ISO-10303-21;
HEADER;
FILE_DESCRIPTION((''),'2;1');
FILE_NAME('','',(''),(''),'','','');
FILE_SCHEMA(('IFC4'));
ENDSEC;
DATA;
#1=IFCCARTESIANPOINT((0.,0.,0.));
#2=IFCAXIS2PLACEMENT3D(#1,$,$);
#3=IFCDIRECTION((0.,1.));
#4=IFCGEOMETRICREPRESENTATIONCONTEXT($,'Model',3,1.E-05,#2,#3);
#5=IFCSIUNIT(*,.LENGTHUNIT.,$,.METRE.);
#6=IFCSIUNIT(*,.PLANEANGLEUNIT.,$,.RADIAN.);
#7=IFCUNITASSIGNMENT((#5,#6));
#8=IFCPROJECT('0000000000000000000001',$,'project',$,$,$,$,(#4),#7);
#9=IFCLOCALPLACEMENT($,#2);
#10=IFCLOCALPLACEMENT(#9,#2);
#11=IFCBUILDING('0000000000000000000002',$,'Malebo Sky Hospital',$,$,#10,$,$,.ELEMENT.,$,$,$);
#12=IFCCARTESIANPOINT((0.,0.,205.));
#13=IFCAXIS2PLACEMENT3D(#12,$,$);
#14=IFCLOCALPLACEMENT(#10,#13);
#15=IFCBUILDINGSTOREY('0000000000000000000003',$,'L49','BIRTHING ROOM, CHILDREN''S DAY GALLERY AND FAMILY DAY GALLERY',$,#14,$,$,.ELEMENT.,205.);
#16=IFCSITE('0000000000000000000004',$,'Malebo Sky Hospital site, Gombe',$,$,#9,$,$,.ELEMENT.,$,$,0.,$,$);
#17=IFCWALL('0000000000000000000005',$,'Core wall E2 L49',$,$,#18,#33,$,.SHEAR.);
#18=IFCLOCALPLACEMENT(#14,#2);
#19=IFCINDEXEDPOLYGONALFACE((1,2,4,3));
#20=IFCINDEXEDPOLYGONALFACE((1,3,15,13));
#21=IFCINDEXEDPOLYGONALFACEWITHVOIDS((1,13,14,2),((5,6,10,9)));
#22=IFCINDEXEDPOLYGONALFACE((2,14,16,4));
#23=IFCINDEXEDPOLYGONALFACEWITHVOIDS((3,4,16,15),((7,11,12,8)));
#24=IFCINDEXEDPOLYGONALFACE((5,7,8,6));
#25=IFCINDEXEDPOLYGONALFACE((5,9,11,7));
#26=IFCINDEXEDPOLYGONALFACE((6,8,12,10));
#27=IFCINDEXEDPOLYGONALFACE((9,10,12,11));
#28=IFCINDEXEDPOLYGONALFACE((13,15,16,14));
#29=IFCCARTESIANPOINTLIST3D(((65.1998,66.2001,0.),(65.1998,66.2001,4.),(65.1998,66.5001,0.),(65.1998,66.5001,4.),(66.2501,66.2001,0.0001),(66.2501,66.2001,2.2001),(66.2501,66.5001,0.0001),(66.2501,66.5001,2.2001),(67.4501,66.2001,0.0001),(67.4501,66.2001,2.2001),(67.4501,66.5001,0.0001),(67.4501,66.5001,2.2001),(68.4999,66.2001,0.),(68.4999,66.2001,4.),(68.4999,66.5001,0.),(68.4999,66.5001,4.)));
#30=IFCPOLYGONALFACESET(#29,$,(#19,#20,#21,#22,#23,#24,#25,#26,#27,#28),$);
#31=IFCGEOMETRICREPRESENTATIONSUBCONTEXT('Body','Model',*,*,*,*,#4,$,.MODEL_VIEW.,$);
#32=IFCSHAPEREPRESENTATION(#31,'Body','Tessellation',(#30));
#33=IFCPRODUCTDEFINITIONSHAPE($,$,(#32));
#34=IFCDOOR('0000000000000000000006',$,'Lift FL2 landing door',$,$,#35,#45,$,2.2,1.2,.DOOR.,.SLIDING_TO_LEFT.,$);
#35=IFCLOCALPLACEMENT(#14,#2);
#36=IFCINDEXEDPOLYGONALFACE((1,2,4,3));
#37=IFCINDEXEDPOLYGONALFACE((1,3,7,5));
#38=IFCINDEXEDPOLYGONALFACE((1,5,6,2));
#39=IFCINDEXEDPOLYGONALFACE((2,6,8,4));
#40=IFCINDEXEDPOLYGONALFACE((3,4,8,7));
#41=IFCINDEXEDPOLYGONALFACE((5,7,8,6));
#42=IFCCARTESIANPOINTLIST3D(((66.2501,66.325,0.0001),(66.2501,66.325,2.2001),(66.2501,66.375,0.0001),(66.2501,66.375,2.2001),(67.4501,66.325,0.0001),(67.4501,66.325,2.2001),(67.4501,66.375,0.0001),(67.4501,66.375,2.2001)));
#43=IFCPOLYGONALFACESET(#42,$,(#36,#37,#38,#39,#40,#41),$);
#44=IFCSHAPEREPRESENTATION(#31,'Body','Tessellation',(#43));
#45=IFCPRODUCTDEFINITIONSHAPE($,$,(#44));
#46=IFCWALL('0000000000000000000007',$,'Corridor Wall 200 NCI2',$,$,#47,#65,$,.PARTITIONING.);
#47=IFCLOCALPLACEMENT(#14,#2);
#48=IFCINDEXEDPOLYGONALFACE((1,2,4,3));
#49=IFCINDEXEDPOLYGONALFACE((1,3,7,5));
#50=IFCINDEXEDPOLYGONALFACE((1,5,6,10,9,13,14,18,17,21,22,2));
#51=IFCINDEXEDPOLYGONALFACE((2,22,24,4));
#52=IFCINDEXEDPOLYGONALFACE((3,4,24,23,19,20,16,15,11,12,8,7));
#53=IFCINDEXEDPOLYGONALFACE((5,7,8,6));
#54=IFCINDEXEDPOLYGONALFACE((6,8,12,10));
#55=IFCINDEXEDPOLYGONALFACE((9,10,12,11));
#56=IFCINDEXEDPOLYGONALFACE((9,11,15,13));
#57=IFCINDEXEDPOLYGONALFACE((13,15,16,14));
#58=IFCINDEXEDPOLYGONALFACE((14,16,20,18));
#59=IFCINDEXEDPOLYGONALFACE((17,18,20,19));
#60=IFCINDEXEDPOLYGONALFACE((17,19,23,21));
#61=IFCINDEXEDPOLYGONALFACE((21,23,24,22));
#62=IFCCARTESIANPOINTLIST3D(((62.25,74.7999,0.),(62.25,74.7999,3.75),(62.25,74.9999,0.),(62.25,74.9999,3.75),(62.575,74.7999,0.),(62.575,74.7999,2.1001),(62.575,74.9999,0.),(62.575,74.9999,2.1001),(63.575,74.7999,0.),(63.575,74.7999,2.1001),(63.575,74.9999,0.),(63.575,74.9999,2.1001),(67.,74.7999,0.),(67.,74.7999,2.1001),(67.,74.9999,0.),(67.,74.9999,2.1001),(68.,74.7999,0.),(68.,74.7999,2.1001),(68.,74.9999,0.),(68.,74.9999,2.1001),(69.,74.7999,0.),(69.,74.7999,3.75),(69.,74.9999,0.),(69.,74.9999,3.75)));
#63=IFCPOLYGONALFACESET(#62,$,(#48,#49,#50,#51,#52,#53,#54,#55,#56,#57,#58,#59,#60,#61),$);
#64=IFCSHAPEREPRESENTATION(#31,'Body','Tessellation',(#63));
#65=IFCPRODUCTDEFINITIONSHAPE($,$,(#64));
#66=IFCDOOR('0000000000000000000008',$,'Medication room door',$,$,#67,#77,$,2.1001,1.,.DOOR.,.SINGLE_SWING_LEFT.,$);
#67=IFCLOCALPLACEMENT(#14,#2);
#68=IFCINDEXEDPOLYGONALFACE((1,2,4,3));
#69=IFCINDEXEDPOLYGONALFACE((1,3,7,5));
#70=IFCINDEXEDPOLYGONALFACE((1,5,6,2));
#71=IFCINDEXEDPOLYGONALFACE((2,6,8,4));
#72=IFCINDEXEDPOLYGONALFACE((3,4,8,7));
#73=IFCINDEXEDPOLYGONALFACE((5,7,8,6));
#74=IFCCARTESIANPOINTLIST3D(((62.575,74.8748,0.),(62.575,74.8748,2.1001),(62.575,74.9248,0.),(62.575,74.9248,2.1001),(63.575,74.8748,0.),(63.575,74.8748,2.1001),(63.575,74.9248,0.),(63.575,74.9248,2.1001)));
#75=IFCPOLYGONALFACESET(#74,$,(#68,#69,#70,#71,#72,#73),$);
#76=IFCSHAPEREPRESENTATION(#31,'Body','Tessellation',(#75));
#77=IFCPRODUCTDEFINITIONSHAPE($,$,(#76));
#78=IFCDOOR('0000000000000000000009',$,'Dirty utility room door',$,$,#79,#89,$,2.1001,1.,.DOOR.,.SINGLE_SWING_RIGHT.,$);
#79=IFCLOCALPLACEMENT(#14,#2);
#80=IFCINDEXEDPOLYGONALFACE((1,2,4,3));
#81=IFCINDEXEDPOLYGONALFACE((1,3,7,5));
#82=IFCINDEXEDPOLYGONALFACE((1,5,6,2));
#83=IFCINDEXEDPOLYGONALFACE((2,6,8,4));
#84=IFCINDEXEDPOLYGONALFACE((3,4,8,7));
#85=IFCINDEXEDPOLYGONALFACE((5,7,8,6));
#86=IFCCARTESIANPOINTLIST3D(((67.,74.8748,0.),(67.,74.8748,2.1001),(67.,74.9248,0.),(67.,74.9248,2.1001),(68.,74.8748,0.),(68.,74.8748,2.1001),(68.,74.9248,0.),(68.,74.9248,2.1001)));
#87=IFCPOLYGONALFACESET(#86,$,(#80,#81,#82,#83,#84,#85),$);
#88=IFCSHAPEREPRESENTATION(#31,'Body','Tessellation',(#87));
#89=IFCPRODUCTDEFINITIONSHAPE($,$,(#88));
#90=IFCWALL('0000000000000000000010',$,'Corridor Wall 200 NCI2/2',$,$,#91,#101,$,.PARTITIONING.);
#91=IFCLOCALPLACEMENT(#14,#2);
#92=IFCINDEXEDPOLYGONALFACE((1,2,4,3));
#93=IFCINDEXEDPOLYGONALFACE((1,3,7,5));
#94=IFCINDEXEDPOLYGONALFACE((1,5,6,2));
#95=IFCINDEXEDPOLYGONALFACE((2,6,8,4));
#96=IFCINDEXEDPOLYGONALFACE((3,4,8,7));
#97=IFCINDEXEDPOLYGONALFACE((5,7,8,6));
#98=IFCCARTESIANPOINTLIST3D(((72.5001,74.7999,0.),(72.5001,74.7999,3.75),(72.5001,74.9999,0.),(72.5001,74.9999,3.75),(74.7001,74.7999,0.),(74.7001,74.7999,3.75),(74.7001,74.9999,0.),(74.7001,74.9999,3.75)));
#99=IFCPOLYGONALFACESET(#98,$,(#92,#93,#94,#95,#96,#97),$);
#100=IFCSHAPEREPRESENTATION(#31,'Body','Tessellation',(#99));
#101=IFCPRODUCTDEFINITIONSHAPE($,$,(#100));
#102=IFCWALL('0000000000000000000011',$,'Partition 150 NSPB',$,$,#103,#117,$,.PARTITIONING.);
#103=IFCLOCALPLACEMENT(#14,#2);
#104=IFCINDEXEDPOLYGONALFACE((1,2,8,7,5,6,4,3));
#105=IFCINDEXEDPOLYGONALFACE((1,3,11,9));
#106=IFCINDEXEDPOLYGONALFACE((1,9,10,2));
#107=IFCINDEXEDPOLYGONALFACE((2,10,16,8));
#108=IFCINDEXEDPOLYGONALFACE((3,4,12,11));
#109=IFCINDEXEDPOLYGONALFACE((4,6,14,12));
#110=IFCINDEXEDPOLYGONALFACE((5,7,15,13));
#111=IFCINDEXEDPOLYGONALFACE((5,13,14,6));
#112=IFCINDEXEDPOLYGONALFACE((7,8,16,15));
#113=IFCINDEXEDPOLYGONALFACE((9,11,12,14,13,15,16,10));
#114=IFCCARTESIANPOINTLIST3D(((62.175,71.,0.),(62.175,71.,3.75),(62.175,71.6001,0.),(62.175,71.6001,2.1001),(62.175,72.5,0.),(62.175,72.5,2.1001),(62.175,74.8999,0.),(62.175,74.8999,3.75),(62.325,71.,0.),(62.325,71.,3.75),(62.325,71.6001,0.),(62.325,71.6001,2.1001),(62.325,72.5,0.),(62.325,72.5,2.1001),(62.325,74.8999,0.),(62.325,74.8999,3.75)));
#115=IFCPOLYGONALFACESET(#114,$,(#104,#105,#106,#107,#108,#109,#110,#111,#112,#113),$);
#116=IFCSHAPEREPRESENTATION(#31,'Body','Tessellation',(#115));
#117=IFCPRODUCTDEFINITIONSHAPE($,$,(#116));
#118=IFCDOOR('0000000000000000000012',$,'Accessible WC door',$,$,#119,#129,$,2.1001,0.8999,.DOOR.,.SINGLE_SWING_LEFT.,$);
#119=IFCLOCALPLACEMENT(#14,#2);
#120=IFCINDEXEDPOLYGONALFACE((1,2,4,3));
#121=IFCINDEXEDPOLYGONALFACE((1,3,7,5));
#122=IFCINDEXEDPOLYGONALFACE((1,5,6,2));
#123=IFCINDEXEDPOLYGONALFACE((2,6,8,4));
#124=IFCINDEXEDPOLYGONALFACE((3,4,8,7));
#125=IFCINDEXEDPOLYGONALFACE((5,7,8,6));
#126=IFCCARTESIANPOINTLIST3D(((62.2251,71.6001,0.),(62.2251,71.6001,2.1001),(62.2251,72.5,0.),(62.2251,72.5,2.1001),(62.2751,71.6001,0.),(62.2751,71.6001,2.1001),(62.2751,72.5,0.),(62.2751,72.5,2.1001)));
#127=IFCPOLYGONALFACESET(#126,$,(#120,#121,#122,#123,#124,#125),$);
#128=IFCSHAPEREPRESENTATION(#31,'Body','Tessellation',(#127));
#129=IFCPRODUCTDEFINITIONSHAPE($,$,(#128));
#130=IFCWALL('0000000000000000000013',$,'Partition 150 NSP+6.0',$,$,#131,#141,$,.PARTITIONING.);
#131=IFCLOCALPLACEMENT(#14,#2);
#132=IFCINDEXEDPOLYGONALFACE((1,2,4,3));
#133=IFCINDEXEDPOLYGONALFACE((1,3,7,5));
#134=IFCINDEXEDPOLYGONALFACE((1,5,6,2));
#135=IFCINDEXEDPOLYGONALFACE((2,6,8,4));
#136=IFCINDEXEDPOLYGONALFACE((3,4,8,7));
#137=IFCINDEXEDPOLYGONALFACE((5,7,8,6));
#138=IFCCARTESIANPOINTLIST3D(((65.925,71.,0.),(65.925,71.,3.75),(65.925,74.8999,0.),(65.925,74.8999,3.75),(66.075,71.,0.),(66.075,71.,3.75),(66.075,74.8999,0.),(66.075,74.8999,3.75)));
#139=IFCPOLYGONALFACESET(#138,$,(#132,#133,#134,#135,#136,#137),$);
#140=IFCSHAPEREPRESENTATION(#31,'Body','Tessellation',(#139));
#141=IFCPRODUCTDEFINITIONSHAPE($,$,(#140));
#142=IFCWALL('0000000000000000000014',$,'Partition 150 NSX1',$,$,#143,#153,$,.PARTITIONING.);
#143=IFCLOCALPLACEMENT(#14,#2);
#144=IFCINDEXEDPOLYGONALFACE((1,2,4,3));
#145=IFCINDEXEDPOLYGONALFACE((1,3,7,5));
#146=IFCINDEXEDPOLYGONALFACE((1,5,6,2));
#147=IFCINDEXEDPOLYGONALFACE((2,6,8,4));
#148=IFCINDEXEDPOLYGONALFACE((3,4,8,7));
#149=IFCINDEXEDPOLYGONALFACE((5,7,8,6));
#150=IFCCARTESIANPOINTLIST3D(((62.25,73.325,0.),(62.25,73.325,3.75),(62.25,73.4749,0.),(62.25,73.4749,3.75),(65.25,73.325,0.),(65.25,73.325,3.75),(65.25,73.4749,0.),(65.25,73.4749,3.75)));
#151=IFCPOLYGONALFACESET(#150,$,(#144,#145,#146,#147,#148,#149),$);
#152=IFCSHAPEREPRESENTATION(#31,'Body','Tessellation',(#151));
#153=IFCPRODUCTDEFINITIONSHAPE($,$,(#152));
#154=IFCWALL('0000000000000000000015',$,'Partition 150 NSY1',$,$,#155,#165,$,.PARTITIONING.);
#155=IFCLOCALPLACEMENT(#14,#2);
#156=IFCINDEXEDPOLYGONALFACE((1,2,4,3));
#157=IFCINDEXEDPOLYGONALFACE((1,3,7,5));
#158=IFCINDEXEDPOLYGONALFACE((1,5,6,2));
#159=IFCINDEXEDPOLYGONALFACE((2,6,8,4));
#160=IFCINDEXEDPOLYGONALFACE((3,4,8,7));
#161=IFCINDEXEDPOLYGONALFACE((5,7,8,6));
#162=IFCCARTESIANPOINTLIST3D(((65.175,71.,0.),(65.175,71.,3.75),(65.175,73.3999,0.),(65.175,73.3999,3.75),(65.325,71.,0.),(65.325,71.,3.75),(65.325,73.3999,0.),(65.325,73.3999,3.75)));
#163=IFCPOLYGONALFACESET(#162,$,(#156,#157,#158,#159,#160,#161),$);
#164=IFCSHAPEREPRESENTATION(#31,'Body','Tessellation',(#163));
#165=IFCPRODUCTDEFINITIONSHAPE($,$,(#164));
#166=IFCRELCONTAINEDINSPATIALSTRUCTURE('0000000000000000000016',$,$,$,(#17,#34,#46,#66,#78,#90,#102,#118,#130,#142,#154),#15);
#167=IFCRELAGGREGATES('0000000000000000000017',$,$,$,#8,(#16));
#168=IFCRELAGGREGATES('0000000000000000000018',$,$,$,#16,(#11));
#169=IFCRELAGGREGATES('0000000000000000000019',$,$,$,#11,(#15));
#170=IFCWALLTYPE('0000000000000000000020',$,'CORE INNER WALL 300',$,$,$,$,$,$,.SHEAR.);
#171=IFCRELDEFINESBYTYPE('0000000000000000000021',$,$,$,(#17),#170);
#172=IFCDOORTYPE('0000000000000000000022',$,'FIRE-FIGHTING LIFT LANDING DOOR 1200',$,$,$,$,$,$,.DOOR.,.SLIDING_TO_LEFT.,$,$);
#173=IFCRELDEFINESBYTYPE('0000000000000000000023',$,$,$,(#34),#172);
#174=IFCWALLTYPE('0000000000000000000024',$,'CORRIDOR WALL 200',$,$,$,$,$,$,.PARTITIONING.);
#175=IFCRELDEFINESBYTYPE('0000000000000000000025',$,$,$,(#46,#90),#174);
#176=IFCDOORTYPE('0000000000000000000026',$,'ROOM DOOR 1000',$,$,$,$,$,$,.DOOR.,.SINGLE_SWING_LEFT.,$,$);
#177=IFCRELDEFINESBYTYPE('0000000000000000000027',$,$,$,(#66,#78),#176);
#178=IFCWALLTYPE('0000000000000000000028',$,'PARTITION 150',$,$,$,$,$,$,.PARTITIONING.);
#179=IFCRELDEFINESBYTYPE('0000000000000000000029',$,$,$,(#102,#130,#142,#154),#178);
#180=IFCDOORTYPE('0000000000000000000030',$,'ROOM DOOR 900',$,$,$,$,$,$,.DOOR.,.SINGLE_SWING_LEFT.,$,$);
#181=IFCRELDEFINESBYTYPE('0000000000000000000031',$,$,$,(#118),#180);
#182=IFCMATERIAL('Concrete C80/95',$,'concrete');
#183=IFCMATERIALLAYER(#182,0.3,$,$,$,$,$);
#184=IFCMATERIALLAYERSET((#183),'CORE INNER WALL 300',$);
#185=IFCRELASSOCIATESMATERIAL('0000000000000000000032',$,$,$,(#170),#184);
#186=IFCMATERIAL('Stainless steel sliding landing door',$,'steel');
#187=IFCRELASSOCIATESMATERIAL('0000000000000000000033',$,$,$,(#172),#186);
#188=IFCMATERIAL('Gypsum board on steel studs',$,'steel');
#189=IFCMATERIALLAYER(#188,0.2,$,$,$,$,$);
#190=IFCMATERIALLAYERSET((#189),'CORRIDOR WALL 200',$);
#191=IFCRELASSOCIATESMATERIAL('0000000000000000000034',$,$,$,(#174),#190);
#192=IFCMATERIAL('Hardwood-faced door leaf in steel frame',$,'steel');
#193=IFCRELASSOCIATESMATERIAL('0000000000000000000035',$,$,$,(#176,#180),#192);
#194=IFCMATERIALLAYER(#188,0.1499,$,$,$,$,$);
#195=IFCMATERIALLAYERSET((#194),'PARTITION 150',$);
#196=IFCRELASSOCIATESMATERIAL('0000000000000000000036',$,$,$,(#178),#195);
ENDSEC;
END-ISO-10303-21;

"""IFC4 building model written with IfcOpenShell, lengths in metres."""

from ifc_helpers import new_model, si_unit, direction, frame, frame_2d, origin, place, context, subcontext, project, spatial, rectangle, extrude, material, layer, layer_set, type_object, element, fill, save


model = new_model("IFC4")

# Units and contexts
model_context = context("Model", 3, precision=1e-05, world=origin(), true_north=direction((0.0, 1.0)))
body_context = subcontext(model_context, "Body", "Model", "MODEL_VIEW")
ifc_project = project(units=[si_unit("LENGTHUNIT", "METRE"), si_unit("PLANEANGLEUNIT", "RADIAN")], contexts=[model_context])

# Site, building, storey
site_placement = place(None, origin())
site = spatial("IfcSite", under=ifc_project, at=site_placement, Name="Malebo Sky Hospital site, Gombe", CompositionType="ELEMENT", RefElevation=0.0)
building_placement = place(site_placement, origin())
building = spatial("IfcBuilding", under=site, at=building_placement, Name="Malebo Sky Hospital", CompositionType="ELEMENT")
storey_placement = place(building_placement, frame((0.0, 0.0, 205.0)))
storey = spatial("IfcBuildingStorey", under=building, at=storey_placement, Name="L49", Description="BIRTHING ROOM, CHILDREN'S DAY GALLERY AND FAMILY DAY GALLERY", CompositionType="ELEMENT", Elevation=205.0)

# Shared definitions
ifc_material_1 = material(Name="Concrete C80/95", Category="concrete")

# Wall, opening, door
ifc_layer_1 = layer(ifc_material_1, 0.3)
ifc_layer_set_1 = layer_set([ifc_layer_1], Name="CORE INNER WALL 300")
wall_type_1 = type_object("IfcWallType", Name="CORE INNER WALL 300", PredefinedType="SHEAR", material=ifc_layer_set_1)
ifc_material_2 = material(Name="Hardwood-faced door leaf in steel frame", Category="steel")
wall_1_placement = place(storey_placement, frame((65.2, 66.3501, 0.0), z_axis=(0.0, 0.0, 1.0), x_axis=(1.0, 0.0, 0.0)))
wall_1 = element("IfcWall", 1, at=wall_1_placement, inside=storey, type_object=wall_type_1, Name="Core wall E2 L49", PredefinedType="SHEAR", context=body_context, shape_type="SweptSolid", body=[
    extrude(rectangle(XDim=3.3, YDim=0.3, at=frame_2d((1.6499, 0.0))), origin(), (0.0, 0.0, 1.0), 4.0),
])
opening_1_placement = place(wall_1_placement, frame((1.05, 0.0, 0.0)))
opening_1 = element("IfcOpeningElement", 2, at=opening_1_placement, cuts=wall_1, PredefinedType="OPENING", context=body_context, shape_type="SweptSolid", body=[
    extrude(rectangle(XDim=1.2, YDim=2.2, at=frame_2d((0.6001, 1.1001))), frame((0.0, 0.1599, 0.0), z_axis=(0.0, -1.0, 0.0), x_axis=(1.0, 0.0, 0.0)), (0.0, 0.0, 1.0), 0.3201),
])
ifc_material_3 = material(Name="Stainless steel sliding landing door", Category="steel")
door_type_1 = type_object("IfcDoorType", Name="FIRE-FIGHTING LIFT LANDING DOOR 1200", OperationType="SLIDING_TO_LEFT", PredefinedType="DOOR", material=ifc_material_3)
door_1_placement = place(opening_1_placement, origin())
door_1 = element("IfcDoor", 3, at=door_1_placement, inside=storey, type_object=door_type_1, Name="Lift FL2 landing door", OperationType="SLIDING_TO_LEFT", OverallHeight=2.2, OverallWidth=1.2, PredefinedType="DOOR", context=body_context, shape_type="SweptSolid", body=[
    extrude(rectangle(XDim=1.2, YDim=2.2, at=frame_2d((0.6001, 1.1001))), frame((0.0, 0.0249, 0.0), z_axis=(0.0, -1.0, 0.0), x_axis=(1.0, 0.0, 0.0)), (0.0, 0.0, 1.0), 0.05),
])
fill(opening_1, door_1)

# Wall, openings, doors
ifc_material_4 = material(Name="Gypsum board on steel studs", Category="steel")
ifc_layer_2 = layer(ifc_material_4, 0.2)
ifc_layer_set_2 = layer_set([ifc_layer_2], Name="CORRIDOR WALL 200")
wall_type_2 = type_object("IfcWallType", Name="CORRIDOR WALL 200", PredefinedType="PARTITIONING", material=ifc_layer_set_2)
wall_2_placement = place(storey_placement, frame((62.25, 74.8999, 0.0), z_axis=(0.0, 0.0, 1.0), x_axis=(1.0, 0.0, 0.0)))
wall_2 = element("IfcWall", 4, at=wall_2_placement, inside=storey, type_object=wall_type_2, Name="Corridor Wall 200 NCI2", PredefinedType="PARTITIONING", context=body_context, shape_type="SweptSolid", body=[
    extrude(rectangle(XDim=6.75, YDim=0.2, at=frame_2d((3.375, 0.0))), origin(), (0.0, 0.0, 1.0), 3.75),
])
opening_2_placement = place(wall_2_placement, frame((0.325, 0.0, 0.0)))
opening_2 = element("IfcOpeningElement", 5, at=opening_2_placement, cuts=wall_2, PredefinedType="OPENING", context=body_context, shape_type="SweptSolid", body=[
    extrude(rectangle(XDim=1.0, YDim=2.1001, at=frame_2d((0.5, 1.05))), frame((0.0, 0.1099, 0.0), z_axis=(0.0, -1.0, 0.0), x_axis=(1.0, 0.0, 0.0)), (0.0, 0.0, 1.0), 0.22),
])
opening_3_placement = place(wall_2_placement, frame((4.75, 0.0, 0.0)))
opening_3 = element("IfcOpeningElement", 6, at=opening_3_placement, cuts=wall_2, PredefinedType="OPENING", context=body_context, shape_type="SweptSolid", body=[
    extrude(rectangle(XDim=1.0, YDim=2.1001, at=frame_2d((0.5, 1.05))), frame((0.0, 0.1099, 0.0), z_axis=(0.0, -1.0, 0.0), x_axis=(1.0, 0.0, 0.0)), (0.0, 0.0, 1.0), 0.22),
])
door_type_2 = type_object("IfcDoorType", Name="ROOM DOOR 1000", OperationType="SINGLE_SWING_LEFT", PredefinedType="DOOR", material=ifc_material_2)
door_2_placement = place(opening_2_placement, origin())
door_2 = element("IfcDoor", 7, at=door_2_placement, inside=storey, type_object=door_type_2, Name="Medication room door", OperationType="SINGLE_SWING_LEFT", OverallHeight=2.1001, OverallWidth=1.0, PredefinedType="DOOR", context=body_context, shape_type="SweptSolid", body=[
    extrude(rectangle(XDim=1.0, YDim=2.1001, at=frame_2d((0.5, 1.05))), frame((0.0, 0.0249, 0.0), z_axis=(0.0, -1.0, 0.0), x_axis=(1.0, 0.0, 0.0)), (0.0, 0.0, 1.0), 0.05),
])
fill(opening_2, door_2)
door_3_placement = place(opening_3_placement, origin())
door_3 = element("IfcDoor", 8, at=door_3_placement, inside=storey, type_object=door_type_2, Name="Dirty utility room door", OperationType="SINGLE_SWING_RIGHT", OverallHeight=2.1001, OverallWidth=1.0, PredefinedType="DOOR", context=body_context, shape_type="SweptSolid", body=[
    extrude(rectangle(XDim=1.0, YDim=2.1001, at=frame_2d((0.5, 1.05))), frame((0.0, 0.0249, 0.0), z_axis=(0.0, -1.0, 0.0), x_axis=(1.0, 0.0, 0.0)), (0.0, 0.0, 1.0), 0.05),
])
fill(opening_3, door_3)

# Wall
wall_3_placement = place(storey_placement, frame((72.5, 74.8999, 0.0), z_axis=(0.0, 0.0, 1.0), x_axis=(1.0, 0.0, 0.0)))
element("IfcWall", 9, at=wall_3_placement, inside=storey, type_object=wall_type_2, Name="Corridor Wall 200 NCI2/2", PredefinedType="PARTITIONING", context=body_context, shape_type="SweptSolid", body=[
    extrude(rectangle(XDim=2.2, YDim=0.2, at=frame_2d((1.1001, 0.0))), origin(), (0.0, 0.0, 1.0), 3.75),
])

# Wall, opening, door
ifc_layer_3 = layer(ifc_material_4, 0.1499)
ifc_layer_set_3 = layer_set([ifc_layer_3], Name="PARTITION 150")
wall_type_3 = type_object("IfcWallType", Name="PARTITION 150", PredefinedType="PARTITIONING", material=ifc_layer_set_3)
wall_4_placement = place(storey_placement, frame((62.25, 71.0, 0.0), z_axis=(0.0, 0.0, 1.0), x_axis=(0.0, 1.0, 0.0)))
wall_4 = element("IfcWall", 10, at=wall_4_placement, inside=storey, type_object=wall_type_3, Name="Partition 150 NSPB", PredefinedType="PARTITIONING", context=body_context, shape_type="SweptSolid", body=[
    extrude(rectangle(XDim=3.8999, YDim=0.1499, at=frame_2d((1.95, 0.0))), origin(), (0.0, 0.0, 1.0), 3.75),
])
opening_4_placement = place(wall_4_placement, frame((0.6001, 0.0, 0.0)))
opening_4 = element("IfcOpeningElement", 11, at=opening_4_placement, cuts=wall_4, PredefinedType="OPENING", context=body_context, shape_type="SweptSolid", body=[
    extrude(rectangle(XDim=0.8999, YDim=2.1001, at=frame_2d((0.45, 1.05))), frame((0.0, 0.085, 0.0), z_axis=(0.0, -1.0, 0.0), x_axis=(1.0, 0.0, 0.0)), (0.0, 0.0, 1.0), 0.1699),
])
door_type_3 = type_object("IfcDoorType", Name="ROOM DOOR 900", OperationType="SINGLE_SWING_LEFT", PredefinedType="DOOR", material=ifc_material_2)
door_4_placement = place(opening_4_placement, origin())
door_4 = element("IfcDoor", 12, at=door_4_placement, inside=storey, type_object=door_type_3, Name="Accessible WC door", OperationType="SINGLE_SWING_LEFT", OverallHeight=2.1001, OverallWidth=0.8999, PredefinedType="DOOR", context=body_context, shape_type="SweptSolid", body=[
    extrude(rectangle(XDim=0.8999, YDim=2.1001, at=frame_2d((0.45, 1.05))), frame((0.0, 0.0249, 0.0), z_axis=(0.0, -1.0, 0.0), x_axis=(1.0, 0.0, 0.0)), (0.0, 0.0, 1.0), 0.05),
])
fill(opening_4, door_4)

# Walls
wall_5_placement = place(storey_placement, frame((66.0, 71.0, 0.0), z_axis=(0.0, 0.0, 1.0), x_axis=(0.0, 1.0, 0.0)))
element("IfcWall", 13, at=wall_5_placement, inside=storey, type_object=wall_type_3, Name="Partition 150 NSP+6.0", PredefinedType="PARTITIONING", context=body_context, shape_type="SweptSolid", body=[
    extrude(rectangle(XDim=3.8999, YDim=0.1499, at=frame_2d((1.95, 0.0))), origin(), (0.0, 0.0, 1.0), 3.75),
])
wall_6_placement = place(storey_placement, frame((62.25, 73.3999, 0.0), z_axis=(0.0, 0.0, 1.0), x_axis=(1.0, 0.0, 0.0)))
element("IfcWall", 14, at=wall_6_placement, inside=storey, type_object=wall_type_3, Name="Partition 150 NSX1", PredefinedType="PARTITIONING", context=body_context, shape_type="SweptSolid", body=[
    extrude(rectangle(XDim=3.0, YDim=0.1499, at=frame_2d((1.5, 0.0))), origin(), (0.0, 0.0, 1.0), 3.75),
])
wall_7_placement = place(storey_placement, frame((65.25, 71.0, 0.0), z_axis=(0.0, 0.0, 1.0), x_axis=(0.0, 1.0, 0.0)))
element("IfcWall", 15, at=wall_7_placement, inside=storey, type_object=wall_type_3, Name="Partition 150 NSY1", PredefinedType="PARTITIONING", context=body_context, shape_type="SweptSolid", body=[
    extrude(rectangle(XDim=2.3999, YDim=0.1499, at=frame_2d((1.2, 0.0))), origin(), (0.0, 0.0, 1.0), 3.75),
])

save(model, "model.ifc")
